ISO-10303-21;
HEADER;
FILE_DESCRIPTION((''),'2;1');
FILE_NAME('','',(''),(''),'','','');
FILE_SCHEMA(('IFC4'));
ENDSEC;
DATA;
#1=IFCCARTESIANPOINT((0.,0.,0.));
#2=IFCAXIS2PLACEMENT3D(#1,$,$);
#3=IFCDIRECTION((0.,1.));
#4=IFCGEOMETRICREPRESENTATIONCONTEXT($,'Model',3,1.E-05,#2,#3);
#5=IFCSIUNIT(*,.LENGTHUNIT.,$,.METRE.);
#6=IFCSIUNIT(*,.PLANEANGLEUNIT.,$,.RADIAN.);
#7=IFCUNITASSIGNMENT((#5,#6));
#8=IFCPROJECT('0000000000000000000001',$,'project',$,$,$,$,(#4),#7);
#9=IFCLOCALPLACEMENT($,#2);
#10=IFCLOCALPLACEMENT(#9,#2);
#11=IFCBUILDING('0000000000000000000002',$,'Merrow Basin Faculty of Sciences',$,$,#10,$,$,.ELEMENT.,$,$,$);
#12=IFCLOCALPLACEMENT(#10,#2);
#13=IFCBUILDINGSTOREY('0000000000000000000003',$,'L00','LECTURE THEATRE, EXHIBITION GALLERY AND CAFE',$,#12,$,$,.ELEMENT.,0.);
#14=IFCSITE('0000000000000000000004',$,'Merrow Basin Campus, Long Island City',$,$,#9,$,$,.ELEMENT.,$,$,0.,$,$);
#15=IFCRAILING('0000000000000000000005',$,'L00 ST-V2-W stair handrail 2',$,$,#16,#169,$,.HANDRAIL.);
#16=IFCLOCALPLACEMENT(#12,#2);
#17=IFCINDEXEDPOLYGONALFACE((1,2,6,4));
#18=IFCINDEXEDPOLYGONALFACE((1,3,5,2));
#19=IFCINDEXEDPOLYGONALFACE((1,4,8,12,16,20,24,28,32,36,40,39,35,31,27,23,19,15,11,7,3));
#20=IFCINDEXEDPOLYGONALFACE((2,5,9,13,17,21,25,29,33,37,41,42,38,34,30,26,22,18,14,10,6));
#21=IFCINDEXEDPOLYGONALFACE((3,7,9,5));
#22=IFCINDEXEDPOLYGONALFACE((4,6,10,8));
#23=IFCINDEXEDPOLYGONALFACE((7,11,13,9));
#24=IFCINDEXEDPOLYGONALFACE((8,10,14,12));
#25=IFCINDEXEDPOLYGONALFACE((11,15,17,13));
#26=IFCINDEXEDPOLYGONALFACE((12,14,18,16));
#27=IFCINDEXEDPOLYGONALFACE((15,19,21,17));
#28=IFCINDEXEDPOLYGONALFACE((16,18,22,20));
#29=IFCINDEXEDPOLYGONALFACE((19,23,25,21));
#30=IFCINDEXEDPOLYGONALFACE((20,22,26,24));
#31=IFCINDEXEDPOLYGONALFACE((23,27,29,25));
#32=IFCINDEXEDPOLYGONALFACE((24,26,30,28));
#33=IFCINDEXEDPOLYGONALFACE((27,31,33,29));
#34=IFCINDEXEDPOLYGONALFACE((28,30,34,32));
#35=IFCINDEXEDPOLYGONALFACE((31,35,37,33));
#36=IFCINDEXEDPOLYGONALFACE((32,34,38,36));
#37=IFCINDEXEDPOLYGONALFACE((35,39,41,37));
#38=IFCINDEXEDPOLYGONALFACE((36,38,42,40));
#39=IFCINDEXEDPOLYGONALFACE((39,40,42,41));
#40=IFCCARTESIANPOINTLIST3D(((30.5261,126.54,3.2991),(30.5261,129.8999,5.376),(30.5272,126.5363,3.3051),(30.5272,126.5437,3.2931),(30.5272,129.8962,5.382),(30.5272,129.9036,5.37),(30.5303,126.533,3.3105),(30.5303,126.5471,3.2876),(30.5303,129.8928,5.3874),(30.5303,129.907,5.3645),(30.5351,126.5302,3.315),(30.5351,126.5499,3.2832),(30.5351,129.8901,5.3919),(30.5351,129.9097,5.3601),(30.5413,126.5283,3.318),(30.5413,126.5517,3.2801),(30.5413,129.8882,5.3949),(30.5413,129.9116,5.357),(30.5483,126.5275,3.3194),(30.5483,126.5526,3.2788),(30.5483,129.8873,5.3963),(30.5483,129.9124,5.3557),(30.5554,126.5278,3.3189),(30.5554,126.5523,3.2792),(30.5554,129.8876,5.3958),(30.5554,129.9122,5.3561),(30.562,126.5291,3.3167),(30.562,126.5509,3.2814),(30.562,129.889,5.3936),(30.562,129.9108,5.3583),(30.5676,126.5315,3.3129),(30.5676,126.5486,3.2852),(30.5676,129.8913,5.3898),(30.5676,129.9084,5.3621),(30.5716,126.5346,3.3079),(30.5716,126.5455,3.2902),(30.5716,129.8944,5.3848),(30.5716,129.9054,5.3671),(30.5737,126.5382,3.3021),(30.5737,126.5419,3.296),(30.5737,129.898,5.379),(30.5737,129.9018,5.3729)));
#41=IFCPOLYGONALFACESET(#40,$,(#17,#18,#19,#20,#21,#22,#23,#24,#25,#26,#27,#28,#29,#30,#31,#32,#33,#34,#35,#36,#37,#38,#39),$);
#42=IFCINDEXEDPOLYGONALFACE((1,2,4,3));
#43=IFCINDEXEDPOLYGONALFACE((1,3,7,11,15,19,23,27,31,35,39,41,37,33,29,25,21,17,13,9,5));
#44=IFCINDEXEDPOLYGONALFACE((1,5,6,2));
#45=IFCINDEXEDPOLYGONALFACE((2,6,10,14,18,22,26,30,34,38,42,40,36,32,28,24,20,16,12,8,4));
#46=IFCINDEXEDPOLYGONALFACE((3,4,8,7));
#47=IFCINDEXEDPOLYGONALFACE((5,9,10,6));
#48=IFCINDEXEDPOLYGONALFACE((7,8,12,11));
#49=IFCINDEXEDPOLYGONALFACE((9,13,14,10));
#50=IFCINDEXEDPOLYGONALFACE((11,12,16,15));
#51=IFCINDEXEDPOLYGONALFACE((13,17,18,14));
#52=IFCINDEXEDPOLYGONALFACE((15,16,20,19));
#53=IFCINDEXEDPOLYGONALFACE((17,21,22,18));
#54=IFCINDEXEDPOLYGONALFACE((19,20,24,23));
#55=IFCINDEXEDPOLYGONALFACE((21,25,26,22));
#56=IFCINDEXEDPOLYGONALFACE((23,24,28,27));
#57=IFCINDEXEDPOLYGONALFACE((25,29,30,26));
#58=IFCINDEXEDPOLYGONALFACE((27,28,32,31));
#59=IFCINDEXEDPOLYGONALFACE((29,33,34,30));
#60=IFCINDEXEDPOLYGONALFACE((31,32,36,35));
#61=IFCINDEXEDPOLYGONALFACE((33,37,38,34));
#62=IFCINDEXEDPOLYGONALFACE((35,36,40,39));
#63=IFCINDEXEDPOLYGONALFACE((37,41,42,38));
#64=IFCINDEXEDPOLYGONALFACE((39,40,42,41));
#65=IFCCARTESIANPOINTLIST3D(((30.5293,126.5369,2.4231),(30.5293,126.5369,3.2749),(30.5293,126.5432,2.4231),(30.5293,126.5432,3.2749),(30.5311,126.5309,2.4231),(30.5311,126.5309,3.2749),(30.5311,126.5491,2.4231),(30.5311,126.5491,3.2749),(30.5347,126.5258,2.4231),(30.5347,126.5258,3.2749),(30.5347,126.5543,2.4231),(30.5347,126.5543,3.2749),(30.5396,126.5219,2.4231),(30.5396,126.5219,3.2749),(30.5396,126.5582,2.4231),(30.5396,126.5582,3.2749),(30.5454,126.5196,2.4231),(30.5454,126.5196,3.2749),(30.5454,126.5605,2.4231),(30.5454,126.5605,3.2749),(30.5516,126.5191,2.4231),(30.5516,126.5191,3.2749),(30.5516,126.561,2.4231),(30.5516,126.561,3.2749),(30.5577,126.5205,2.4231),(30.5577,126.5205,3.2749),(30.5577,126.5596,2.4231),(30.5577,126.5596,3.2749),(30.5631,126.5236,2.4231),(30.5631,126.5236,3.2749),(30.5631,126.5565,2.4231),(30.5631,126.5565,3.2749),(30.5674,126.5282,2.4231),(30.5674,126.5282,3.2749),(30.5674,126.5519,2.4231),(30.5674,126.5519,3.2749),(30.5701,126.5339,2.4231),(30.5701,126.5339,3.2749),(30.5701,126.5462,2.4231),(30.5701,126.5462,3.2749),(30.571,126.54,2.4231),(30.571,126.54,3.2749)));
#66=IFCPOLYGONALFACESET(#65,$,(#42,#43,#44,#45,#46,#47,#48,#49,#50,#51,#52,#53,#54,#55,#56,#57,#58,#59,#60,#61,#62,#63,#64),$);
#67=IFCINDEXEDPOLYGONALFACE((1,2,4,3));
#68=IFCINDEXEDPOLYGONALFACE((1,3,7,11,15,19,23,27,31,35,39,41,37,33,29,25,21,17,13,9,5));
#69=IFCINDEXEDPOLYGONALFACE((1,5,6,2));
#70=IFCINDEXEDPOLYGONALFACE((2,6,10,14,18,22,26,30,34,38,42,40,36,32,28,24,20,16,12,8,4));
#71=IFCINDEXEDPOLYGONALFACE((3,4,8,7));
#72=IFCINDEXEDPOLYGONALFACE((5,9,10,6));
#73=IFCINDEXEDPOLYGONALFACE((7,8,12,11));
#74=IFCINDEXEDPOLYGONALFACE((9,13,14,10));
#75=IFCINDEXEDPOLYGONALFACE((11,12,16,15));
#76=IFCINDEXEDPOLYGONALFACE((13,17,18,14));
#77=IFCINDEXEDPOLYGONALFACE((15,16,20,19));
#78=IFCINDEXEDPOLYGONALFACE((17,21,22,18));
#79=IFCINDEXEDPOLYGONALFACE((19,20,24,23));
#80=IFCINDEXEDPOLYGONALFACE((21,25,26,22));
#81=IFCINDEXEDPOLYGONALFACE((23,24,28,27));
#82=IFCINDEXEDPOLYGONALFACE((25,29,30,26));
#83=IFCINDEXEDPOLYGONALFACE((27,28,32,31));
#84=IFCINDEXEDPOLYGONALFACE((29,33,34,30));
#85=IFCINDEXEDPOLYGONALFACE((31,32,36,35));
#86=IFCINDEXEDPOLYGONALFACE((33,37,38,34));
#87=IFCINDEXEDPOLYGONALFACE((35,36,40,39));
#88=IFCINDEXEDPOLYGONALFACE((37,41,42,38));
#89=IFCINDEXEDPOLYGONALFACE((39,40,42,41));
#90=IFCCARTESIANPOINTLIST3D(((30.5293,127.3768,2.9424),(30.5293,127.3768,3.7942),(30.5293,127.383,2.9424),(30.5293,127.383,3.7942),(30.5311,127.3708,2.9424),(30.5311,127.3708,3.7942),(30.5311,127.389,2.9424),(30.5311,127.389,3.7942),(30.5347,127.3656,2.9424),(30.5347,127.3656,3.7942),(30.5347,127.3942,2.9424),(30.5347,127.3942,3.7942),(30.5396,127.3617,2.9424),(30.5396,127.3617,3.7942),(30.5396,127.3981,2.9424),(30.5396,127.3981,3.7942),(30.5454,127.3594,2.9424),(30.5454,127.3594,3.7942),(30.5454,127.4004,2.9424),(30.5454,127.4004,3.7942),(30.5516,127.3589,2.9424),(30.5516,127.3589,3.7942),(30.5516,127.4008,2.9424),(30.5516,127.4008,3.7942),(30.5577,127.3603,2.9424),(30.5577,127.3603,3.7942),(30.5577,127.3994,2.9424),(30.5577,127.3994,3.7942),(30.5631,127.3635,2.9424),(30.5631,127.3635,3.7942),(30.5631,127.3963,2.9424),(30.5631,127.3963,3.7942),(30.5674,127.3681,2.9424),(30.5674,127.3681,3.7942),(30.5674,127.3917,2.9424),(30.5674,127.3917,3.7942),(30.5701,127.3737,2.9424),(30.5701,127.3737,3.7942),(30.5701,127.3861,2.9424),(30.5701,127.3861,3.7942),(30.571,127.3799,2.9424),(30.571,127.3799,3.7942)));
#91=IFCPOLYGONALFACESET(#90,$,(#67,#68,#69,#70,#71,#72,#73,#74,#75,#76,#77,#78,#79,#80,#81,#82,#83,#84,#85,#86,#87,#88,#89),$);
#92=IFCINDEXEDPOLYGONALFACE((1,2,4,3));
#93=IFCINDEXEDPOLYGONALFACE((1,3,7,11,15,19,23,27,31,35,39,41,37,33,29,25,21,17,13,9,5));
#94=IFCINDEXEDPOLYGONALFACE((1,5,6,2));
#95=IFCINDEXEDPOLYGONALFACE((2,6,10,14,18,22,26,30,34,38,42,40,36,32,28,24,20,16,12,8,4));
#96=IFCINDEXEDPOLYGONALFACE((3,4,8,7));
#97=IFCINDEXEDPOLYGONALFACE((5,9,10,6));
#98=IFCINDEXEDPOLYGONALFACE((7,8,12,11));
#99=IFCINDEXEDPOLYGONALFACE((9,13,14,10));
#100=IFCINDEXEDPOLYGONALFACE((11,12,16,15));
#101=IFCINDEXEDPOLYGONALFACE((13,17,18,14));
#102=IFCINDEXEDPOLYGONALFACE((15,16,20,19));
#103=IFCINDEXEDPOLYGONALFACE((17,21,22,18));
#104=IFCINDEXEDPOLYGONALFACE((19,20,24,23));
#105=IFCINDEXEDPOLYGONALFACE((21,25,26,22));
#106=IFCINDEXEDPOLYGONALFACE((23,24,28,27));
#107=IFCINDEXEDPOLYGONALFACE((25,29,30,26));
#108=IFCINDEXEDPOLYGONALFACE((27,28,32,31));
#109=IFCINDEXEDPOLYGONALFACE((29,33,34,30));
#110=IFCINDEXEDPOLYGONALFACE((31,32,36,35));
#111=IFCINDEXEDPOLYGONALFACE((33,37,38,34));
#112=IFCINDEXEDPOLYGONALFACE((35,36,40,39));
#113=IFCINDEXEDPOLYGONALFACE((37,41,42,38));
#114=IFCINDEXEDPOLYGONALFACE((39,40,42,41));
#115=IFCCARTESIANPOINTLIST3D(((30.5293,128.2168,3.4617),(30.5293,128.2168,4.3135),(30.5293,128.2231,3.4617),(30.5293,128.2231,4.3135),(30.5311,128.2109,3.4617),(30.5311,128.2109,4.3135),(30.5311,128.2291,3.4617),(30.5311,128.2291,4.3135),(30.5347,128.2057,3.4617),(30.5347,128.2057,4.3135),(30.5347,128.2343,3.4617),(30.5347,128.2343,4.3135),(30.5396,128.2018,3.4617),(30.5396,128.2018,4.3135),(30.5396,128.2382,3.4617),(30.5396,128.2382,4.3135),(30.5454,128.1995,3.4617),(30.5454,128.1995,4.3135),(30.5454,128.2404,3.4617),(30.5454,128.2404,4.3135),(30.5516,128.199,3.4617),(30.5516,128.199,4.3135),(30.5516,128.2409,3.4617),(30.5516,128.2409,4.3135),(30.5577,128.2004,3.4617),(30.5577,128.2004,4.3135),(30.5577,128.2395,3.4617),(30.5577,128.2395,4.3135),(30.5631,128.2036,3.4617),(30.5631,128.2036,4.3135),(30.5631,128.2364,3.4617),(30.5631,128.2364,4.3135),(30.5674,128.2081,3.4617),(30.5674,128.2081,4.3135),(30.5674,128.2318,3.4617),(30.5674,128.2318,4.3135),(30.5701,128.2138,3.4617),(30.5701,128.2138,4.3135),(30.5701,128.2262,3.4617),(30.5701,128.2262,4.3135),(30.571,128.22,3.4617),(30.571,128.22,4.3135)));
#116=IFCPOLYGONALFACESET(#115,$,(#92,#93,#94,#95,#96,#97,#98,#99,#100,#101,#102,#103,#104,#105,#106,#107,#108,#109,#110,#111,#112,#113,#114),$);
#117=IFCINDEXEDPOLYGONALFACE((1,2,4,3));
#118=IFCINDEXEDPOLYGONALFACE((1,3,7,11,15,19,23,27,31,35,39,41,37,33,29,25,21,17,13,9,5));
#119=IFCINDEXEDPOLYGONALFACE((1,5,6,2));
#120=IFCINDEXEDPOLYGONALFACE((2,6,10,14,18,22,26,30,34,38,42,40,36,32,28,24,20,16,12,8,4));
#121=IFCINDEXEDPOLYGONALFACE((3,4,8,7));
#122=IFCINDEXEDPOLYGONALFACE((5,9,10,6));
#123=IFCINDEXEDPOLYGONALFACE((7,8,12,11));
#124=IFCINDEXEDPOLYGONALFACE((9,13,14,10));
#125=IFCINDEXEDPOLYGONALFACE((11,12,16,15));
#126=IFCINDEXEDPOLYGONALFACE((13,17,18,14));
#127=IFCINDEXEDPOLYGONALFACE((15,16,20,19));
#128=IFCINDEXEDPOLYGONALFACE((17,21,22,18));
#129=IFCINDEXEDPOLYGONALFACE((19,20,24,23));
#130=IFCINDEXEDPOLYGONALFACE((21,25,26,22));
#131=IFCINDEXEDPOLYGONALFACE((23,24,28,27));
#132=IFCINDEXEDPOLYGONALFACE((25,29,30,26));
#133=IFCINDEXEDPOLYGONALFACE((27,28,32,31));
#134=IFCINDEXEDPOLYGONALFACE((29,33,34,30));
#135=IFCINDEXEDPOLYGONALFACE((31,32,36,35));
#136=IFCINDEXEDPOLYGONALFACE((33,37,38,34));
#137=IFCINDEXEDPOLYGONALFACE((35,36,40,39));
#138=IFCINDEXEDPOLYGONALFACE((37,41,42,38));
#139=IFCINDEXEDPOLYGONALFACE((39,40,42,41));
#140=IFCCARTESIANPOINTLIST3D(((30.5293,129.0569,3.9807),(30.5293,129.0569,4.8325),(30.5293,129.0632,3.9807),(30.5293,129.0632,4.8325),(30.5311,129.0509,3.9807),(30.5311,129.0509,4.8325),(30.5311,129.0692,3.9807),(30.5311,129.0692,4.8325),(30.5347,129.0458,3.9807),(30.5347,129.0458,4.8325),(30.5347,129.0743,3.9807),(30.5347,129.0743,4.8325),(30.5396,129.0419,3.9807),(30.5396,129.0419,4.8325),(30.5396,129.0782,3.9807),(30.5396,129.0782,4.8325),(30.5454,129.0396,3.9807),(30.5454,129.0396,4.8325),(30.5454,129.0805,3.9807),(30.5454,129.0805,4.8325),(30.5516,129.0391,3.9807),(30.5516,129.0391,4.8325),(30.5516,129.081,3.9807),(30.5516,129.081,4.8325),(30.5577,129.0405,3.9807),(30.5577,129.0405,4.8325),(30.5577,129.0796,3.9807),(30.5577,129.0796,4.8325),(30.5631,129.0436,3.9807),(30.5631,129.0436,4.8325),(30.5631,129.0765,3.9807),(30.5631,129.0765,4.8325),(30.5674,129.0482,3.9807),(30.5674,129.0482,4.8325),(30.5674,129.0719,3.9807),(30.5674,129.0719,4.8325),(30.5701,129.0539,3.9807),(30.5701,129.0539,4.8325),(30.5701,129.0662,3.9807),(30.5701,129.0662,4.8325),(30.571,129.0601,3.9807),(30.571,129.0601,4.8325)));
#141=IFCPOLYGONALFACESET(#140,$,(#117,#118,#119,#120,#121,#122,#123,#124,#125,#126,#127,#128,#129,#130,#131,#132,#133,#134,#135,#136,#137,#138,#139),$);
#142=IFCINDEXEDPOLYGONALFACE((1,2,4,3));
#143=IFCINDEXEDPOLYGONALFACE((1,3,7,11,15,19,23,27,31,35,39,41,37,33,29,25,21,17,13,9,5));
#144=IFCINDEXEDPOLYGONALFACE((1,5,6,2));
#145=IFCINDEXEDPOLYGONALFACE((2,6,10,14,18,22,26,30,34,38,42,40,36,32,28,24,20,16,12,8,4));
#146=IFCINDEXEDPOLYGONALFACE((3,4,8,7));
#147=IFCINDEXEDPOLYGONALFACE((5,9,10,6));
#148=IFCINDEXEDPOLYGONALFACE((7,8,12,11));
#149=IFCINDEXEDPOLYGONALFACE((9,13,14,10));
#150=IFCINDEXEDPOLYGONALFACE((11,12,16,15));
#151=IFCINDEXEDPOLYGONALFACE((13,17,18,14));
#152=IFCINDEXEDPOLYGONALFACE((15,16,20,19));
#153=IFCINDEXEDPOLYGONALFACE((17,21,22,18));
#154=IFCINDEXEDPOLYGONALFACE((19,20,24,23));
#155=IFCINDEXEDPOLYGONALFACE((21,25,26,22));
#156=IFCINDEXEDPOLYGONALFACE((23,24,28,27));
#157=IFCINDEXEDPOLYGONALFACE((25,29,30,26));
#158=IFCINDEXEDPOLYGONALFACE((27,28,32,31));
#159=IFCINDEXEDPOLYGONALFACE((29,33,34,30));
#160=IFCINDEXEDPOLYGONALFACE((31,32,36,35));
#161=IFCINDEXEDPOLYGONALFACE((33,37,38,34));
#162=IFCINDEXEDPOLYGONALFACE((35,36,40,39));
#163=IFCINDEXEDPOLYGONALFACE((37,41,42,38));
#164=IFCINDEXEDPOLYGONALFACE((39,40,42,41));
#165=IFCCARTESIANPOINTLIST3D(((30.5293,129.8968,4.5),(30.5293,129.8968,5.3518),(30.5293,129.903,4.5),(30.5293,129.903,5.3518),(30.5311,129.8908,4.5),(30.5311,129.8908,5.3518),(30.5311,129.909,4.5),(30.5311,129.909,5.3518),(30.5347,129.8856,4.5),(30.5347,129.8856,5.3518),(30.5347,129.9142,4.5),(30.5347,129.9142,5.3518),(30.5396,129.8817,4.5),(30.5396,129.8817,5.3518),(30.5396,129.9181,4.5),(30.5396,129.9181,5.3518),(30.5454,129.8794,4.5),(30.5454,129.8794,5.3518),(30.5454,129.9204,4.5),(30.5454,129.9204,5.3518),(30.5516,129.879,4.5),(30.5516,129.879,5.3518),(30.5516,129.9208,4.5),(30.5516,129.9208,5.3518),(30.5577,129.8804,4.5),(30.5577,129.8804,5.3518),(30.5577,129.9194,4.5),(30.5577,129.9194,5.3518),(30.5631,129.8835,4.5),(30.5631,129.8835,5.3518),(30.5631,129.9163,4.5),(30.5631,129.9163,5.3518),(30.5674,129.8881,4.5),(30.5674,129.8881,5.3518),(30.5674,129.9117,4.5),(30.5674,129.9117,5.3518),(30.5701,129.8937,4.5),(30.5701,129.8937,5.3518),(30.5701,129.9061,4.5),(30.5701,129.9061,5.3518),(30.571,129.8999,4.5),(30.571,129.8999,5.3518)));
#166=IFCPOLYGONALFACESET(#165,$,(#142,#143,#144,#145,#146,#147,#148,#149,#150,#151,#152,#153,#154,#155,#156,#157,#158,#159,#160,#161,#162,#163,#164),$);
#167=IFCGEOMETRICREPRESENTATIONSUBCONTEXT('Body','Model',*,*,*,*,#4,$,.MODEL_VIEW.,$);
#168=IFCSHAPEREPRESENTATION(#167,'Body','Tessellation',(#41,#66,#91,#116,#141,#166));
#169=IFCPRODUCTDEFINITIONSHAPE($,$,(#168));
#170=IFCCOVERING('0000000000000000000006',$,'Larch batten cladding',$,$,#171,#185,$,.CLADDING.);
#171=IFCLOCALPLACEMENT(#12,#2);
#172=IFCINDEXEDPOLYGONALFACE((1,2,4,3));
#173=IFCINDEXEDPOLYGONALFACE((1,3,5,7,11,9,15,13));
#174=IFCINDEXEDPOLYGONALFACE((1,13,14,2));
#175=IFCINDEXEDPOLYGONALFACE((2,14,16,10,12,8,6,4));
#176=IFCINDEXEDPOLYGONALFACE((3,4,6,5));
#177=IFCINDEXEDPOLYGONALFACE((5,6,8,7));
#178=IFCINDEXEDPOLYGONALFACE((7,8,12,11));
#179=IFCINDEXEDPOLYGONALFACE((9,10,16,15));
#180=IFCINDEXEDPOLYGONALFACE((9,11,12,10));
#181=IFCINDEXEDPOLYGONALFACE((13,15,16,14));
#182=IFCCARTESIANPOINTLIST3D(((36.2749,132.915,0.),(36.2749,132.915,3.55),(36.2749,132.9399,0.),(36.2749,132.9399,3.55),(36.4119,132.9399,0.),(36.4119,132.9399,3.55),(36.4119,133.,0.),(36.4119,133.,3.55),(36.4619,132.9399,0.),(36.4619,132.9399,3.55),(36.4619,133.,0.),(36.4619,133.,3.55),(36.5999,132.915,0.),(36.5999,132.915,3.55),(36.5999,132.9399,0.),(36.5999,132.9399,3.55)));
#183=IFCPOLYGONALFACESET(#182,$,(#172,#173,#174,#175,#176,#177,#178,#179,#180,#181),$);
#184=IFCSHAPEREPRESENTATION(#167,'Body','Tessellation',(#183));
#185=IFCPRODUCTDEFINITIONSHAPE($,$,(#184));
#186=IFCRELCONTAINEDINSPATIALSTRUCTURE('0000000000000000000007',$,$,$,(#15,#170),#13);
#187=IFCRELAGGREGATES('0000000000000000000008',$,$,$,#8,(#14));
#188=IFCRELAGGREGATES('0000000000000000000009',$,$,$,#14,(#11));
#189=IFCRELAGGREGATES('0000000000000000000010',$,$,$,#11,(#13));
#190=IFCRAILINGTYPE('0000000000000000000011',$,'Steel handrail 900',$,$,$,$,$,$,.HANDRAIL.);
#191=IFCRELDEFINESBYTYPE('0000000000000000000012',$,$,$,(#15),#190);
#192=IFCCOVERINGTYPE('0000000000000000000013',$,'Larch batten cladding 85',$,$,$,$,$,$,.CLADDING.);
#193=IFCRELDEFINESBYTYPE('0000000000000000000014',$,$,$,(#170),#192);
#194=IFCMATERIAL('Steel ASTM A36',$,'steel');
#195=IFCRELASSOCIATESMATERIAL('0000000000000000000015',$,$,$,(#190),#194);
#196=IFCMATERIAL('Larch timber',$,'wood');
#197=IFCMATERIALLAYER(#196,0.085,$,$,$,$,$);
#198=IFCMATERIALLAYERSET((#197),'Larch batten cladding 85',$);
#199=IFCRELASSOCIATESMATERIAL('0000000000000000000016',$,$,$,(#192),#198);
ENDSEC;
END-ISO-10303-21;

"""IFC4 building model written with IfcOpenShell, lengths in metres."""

from ifc_helpers import new_model, si_unit, direction, frame, origin, origin_2d, place, context, subcontext, project, spatial, polyline, circle, outline, extrude, source, transform, mapped, material, layer, layer_set, type_object, element, save


model = new_model("IFC4")

# Units and contexts
model_context = context("Model", 3, precision=1e-05, world=origin(), true_north=direction((0.0, 1.0)))
body_context = subcontext(model_context, "Body", "Model", "MODEL_VIEW")
ifc_project = project(units=[si_unit("LENGTHUNIT", "METRE"), si_unit("PLANEANGLEUNIT", "RADIAN")], contexts=[model_context])

# Site, building, storey
site_placement = place(None, origin())
site = spatial("IfcSite", under=ifc_project, at=site_placement, Name="Merrow Basin Campus, Long Island City", CompositionType="ELEMENT", RefElevation=0.0)
building_placement = place(site_placement, origin())
building = spatial("IfcBuilding", under=site, at=building_placement, Name="Merrow Basin Faculty of Sciences", CompositionType="ELEMENT")
storey_placement = place(building_placement, origin())
storey = spatial("IfcBuildingStorey", under=building, at=storey_placement, Name="L00", Description="LECTURE THEATRE, EXHIBITION GALLERY AND CAFE", CompositionType="ELEMENT", Elevation=0.0)

# Railing
ifc_material_1 = material(Name="Steel ASTM A36", Category="steel")
railing_type = type_object("IfcRailingType", Name="Steel handrail 900", PredefinedType="HANDRAIL", material=ifc_material_1)
railing_placement = place(storey_placement, frame((30.55, 126.54, 2.4231)))
element("IfcRailing", 1, at=railing_placement, inside=storey, type_object=railing_type, Name="L00 ST-V2-W stair handrail 2", PredefinedType="HANDRAIL", context=body_context, shape_type="SweptSolid", body=[
    extrude(circle(Radius=0.0239, at=origin_2d()), frame((0.0, 0.0, 0.876), z_axis=(0.0, 0.850606, 0.525803), x_axis=(-1.0, 0.0, 0.0)), (0.0, 0.0, 1.0), 3.95),
    extrude(circle(Radius=0.021, at=origin_2d()), origin(), (0.0, 0.0, 1.0), 0.8518),
    extrude(circle(Radius=0.021, at=origin_2d()), frame((0.0, 0.8398, 0.5193)), (0.0, 0.0, 1.0), 0.8518),
    extrude(circle(Radius=0.021, at=origin_2d()), frame((0.0, 1.6799, 1.0386)), (0.0, 0.0, 1.0), 0.8518),
    extrude(circle(Radius=0.021, at=origin_2d()), frame((0.0, 2.52, 1.5576)), (0.0, 0.0, 1.0), 0.8518),
    extrude(circle(Radius=0.021, at=origin_2d()), frame((0.0, 3.3599, 2.0769)), (0.0, 0.0, 1.0), 0.8518),
])

# Covering
ifc_material_2 = material(Name="Larch timber", Category="wood")
ifc_layer_1 = layer(ifc_material_2, 0.085)
ifc_layer_set_1 = layer_set([ifc_layer_1], Name="Larch batten cladding 85")
covering_type = type_object("IfcCoveringType", Name="Larch batten cladding 85", PredefinedType="CLADDING", material=ifc_layer_set_1)
shared_shape_1 = source(origin(), body_context, "Body", "SweptSolid", [
    extrude(outline(polyline([(0.0, 0.0), (0.325, 0.0), (0.325, 0.0249), (0.187, 0.0249), (0.187, 0.085), (0.137, 0.085), (0.137, 0.0249), (0.0, 0.0249), (0.0, 0.0)])), origin(), (0.0, 0.0, 1.0), 3.55),
])
covering_1_placement = place(storey_placement, frame((36.2749, 132.915, 0.0), z_axis=(0.0, 0.0, 1.0), x_axis=(1.0, 0.0, 0.0)))
element("IfcCovering", 2, at=covering_1_placement, inside=storey, type_object=covering_type, Name="Larch batten cladding", PredefinedType="CLADDING", context=body_context, shape_type="MappedRepresentation", body=[
    mapped(shared_shape_1, transform((0.0, 0.0, 0.0), scale=1.0)),
])

save(model, "model.ifc")
